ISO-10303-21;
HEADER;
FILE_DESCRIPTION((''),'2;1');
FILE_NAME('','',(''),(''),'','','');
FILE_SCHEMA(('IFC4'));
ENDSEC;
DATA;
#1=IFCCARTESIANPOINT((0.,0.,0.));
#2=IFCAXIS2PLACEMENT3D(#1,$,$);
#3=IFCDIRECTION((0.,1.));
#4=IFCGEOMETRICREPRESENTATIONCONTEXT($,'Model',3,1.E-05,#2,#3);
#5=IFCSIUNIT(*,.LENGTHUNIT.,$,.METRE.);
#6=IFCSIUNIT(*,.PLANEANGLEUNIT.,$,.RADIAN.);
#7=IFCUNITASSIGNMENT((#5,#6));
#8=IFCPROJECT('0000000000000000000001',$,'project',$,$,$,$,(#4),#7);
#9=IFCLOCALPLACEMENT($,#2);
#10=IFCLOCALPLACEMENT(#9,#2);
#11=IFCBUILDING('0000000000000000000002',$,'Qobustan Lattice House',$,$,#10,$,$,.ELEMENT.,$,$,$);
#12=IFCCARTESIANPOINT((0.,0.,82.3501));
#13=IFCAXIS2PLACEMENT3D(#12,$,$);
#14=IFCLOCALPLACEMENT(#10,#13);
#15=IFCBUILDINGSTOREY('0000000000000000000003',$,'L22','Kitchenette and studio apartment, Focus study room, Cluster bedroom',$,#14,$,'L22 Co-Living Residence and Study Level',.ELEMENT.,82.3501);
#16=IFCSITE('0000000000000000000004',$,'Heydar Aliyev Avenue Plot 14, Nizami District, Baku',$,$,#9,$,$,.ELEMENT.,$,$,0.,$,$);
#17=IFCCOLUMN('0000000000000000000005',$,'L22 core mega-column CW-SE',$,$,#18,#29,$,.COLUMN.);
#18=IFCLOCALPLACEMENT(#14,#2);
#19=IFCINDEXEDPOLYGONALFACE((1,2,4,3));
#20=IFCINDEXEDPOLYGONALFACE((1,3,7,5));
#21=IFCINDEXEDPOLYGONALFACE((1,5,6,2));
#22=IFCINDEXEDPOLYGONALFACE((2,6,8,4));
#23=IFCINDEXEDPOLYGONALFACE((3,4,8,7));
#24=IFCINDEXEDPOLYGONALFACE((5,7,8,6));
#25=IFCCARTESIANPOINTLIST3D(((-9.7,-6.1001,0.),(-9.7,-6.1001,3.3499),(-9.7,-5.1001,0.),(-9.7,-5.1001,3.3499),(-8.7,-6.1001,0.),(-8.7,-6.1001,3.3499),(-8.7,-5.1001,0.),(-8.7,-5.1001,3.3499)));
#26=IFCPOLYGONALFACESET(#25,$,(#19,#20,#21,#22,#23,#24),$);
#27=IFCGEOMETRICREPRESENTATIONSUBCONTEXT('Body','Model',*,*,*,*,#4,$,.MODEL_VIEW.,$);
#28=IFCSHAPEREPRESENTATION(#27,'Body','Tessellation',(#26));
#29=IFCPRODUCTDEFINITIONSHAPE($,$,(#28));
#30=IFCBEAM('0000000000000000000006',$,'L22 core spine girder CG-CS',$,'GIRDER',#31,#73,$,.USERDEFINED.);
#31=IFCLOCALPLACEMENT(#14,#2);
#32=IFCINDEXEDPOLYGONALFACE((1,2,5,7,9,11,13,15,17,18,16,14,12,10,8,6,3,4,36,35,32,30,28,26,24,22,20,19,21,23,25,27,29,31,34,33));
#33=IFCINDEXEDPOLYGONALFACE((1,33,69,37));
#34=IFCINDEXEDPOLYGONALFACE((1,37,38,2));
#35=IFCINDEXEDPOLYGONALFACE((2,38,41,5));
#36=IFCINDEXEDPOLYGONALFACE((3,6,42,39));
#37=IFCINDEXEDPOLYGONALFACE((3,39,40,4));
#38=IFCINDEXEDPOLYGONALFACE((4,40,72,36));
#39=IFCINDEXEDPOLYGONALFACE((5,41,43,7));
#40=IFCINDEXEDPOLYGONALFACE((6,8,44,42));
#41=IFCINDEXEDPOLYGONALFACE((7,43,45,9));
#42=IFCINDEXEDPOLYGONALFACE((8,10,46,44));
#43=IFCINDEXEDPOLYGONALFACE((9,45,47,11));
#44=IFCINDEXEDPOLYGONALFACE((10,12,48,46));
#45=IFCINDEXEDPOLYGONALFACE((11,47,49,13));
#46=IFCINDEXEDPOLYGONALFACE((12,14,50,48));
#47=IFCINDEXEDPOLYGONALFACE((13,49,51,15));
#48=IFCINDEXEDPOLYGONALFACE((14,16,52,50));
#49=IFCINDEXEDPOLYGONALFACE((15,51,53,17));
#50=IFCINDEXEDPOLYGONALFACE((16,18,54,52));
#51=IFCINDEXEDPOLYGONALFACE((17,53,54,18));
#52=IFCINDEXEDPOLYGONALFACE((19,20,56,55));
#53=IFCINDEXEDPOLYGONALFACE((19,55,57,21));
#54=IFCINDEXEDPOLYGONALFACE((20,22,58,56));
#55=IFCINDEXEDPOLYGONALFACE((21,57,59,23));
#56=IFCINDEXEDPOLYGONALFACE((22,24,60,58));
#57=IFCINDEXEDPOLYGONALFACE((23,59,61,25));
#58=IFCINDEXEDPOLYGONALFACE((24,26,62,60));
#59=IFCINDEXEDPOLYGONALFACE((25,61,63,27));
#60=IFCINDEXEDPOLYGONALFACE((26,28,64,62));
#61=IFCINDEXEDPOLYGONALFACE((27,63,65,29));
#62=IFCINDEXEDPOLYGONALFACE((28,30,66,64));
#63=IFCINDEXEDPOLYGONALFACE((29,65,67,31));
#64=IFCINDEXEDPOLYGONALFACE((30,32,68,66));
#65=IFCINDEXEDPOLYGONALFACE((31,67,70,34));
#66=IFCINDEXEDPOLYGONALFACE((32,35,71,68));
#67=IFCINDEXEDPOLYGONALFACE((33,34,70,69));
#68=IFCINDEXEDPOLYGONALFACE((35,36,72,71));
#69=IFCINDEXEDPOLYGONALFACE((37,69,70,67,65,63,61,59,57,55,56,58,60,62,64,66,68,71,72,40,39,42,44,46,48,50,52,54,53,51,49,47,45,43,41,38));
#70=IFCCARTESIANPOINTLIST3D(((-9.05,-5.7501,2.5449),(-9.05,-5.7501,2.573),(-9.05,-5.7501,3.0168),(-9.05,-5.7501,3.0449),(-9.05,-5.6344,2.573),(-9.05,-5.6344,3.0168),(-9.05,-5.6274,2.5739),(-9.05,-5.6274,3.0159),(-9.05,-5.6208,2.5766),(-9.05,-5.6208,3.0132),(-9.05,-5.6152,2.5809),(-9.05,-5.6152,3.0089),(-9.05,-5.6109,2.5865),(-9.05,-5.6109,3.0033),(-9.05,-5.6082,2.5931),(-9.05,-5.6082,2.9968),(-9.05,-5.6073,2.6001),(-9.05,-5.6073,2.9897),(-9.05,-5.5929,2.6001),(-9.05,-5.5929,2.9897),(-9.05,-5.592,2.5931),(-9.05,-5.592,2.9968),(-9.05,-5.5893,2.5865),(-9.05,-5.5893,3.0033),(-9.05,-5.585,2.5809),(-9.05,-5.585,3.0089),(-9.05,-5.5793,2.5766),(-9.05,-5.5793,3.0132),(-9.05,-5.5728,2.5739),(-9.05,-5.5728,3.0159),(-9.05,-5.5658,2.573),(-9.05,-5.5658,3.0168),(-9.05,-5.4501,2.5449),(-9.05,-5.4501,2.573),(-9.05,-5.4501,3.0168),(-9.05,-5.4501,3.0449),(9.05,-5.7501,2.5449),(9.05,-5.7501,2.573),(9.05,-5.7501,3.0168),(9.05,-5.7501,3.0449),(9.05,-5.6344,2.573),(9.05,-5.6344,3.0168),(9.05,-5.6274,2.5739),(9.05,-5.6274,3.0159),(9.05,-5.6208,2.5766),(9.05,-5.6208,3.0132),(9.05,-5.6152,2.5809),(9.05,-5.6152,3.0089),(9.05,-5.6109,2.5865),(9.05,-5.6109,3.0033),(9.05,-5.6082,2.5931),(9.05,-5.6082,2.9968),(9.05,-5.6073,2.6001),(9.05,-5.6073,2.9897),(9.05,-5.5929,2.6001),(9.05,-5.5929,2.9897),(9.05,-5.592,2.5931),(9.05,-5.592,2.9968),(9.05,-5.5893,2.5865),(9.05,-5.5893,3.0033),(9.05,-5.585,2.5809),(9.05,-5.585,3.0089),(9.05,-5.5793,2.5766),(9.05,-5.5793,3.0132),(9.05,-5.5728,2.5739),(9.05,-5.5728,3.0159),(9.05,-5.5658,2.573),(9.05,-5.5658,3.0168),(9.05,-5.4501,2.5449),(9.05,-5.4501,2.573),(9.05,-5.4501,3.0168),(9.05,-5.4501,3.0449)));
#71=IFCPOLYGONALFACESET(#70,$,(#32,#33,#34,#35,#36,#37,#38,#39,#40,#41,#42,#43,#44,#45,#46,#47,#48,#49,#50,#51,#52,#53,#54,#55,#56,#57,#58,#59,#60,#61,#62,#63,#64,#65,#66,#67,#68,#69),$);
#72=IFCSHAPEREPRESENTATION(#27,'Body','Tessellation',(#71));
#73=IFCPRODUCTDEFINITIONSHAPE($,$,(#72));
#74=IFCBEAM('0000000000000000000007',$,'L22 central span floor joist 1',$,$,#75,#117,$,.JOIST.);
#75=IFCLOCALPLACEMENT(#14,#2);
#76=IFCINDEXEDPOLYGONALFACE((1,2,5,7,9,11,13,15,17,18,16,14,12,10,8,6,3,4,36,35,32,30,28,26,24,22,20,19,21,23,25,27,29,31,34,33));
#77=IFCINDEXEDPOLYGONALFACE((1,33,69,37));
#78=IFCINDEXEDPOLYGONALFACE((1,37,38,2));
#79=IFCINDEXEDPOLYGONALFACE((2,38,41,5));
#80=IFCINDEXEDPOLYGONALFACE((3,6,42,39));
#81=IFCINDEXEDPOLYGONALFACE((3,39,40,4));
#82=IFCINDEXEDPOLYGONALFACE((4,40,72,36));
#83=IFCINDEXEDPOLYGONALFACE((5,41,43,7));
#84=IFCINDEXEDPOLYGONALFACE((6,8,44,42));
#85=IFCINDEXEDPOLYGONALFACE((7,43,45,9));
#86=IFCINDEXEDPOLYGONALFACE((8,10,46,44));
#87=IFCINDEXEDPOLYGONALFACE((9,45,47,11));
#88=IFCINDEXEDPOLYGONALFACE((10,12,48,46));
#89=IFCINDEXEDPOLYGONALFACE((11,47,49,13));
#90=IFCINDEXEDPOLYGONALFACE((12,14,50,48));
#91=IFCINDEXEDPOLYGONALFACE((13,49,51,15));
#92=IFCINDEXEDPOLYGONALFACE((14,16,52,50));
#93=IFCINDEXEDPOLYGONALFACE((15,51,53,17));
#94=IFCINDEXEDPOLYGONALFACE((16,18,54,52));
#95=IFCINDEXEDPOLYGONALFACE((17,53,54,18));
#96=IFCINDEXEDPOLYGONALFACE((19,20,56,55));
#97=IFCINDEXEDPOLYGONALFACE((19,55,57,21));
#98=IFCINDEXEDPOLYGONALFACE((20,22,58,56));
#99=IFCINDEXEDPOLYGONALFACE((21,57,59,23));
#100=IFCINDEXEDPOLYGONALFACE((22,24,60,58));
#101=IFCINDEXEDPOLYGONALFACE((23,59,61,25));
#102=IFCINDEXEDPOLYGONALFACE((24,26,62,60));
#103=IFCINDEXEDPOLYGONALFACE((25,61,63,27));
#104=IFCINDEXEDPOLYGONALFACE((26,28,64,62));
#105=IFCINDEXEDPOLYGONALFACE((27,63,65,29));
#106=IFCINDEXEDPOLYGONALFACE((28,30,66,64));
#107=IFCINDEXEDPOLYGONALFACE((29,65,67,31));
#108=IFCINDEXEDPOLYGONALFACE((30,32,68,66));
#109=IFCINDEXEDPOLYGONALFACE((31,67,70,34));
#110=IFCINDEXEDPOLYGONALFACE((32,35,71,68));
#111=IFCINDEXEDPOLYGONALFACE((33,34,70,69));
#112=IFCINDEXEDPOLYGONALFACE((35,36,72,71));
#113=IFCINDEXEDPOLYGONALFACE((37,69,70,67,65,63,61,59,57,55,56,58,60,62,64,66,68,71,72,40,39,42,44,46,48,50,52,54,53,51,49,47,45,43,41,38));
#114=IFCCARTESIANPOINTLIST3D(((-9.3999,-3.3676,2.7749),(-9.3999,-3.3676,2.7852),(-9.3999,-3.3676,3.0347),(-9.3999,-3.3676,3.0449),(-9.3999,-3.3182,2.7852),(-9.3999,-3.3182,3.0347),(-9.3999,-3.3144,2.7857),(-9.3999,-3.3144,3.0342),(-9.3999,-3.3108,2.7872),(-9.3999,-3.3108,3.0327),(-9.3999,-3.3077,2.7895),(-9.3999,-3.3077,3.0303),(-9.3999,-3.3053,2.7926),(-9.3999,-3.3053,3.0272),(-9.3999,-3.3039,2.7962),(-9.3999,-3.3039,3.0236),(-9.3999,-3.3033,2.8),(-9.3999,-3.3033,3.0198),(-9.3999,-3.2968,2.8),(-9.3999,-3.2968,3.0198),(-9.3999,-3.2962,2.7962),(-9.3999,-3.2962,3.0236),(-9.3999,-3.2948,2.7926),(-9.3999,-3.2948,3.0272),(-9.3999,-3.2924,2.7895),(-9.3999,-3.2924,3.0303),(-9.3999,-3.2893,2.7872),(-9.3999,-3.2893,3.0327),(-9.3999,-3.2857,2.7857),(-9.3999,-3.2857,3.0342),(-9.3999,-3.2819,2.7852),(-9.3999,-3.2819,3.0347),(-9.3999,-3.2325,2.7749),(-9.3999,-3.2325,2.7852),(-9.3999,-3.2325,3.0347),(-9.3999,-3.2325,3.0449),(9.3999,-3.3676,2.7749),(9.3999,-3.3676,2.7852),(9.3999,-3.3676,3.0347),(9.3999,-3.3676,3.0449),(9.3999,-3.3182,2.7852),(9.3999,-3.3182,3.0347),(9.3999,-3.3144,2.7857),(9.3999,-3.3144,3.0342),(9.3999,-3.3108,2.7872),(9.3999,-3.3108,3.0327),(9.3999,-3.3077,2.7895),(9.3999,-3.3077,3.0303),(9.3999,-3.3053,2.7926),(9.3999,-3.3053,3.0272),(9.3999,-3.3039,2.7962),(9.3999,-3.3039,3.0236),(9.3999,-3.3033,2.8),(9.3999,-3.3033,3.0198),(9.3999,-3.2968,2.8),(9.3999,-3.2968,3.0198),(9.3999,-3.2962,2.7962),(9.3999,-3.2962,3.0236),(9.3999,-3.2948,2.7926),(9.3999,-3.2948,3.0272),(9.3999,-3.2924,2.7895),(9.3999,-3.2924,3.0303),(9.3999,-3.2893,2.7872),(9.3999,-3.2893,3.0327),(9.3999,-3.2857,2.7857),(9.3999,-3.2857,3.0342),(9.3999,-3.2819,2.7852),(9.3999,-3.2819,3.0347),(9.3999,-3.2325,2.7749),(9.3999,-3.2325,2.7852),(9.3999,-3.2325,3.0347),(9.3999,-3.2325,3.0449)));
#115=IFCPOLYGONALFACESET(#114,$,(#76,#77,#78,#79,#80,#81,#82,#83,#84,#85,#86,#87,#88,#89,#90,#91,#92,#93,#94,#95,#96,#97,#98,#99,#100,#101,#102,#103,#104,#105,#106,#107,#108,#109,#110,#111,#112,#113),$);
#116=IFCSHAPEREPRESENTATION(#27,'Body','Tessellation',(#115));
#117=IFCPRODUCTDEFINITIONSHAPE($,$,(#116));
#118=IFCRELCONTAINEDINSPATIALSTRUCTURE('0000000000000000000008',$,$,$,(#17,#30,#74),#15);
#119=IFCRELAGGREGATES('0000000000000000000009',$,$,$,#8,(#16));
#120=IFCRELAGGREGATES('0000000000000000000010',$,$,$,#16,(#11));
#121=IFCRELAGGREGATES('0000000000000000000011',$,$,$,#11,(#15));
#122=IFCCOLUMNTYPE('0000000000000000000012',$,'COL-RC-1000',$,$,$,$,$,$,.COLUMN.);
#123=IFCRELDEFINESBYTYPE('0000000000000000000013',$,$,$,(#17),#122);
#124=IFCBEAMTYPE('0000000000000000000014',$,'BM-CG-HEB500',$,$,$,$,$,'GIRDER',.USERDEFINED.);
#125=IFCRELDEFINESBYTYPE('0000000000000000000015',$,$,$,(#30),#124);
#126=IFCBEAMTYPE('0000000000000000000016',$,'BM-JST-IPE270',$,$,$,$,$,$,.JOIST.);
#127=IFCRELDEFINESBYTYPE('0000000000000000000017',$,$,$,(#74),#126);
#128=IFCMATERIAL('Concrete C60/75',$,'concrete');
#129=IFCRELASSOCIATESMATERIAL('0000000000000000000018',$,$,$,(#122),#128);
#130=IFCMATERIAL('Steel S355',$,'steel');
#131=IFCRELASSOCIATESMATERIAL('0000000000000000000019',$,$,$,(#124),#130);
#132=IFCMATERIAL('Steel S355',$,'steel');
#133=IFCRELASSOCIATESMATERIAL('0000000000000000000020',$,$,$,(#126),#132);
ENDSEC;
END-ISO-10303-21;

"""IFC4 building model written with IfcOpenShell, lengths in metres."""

from ifc_helpers import new_model, si_unit, direction, frame, origin, origin_2d, place, context, subcontext, project, spatial, rectangle, i_section, extrude, material, material_profile, profile_set, type_object, element, save


model = new_model("IFC4")

# Units and contexts
model_context = context("Model", 3, precision=1e-05, world=origin(), true_north=direction((0.0, 1.0)))
body_context = subcontext(model_context, "Body", "Model", "MODEL_VIEW")
ifc_project = project(units=[si_unit("LENGTHUNIT", "METRE"), si_unit("PLANEANGLEUNIT", "RADIAN")], contexts=[model_context])

# Site, building, storey
site_placement = place(None, origin())
site = spatial("IfcSite", under=ifc_project, at=site_placement, Name="Heydar Aliyev Avenue Plot 14, Nizami District, Baku", CompositionType="ELEMENT", RefElevation=0.0)
building_placement = place(site_placement, origin())
building = spatial("IfcBuilding", under=site, at=building_placement, Name="Qobustan Lattice House", CompositionType="ELEMENT")
storey_placement = place(building_placement, frame((0.0, 0.0, 82.3501)))
storey = spatial("IfcBuildingStorey", under=building, at=storey_placement, Name="L22", Description="Kitchenette and studio apartment, Focus study room, Cluster bedroom", LongName="L22 Co-Living Residence and Study Level", CompositionType="ELEMENT", Elevation=82.3501)

# Column
ifc_material_1 = material(Name="Concrete C60/75", Category="concrete")
ifc_material_profile_1 = material_profile(ifc_material_1, rectangle(XDim=1.0, YDim=1.0, at=origin_2d()), Name="RC1000x1000")
ifc_profile_set_1 = profile_set([ifc_material_profile_1], Name="Concrete C60/75")
column_type = type_object("IfcColumnType", Name="COL-RC-1000", PredefinedType="COLUMN", material=ifc_profile_set_1)
column_placement = place(storey_placement, frame((-9.2, -5.6001, 0.0), z_axis=(0.0, 0.0, 1.0), x_axis=(1.0, 0.0, 0.0)))
element("IfcColumn", 1, at=column_placement, inside=storey, type_object=column_type, Name="L22 core mega-column CW-SE", PredefinedType="COLUMN", context=body_context, shape_type="SweptSolid", body=[
    extrude(rectangle(XDim=1.0, YDim=1.0, at=origin_2d()), origin(), (0.0, 0.0, 1.0), 3.3499),
])

# Beams
ifc_material_2 = material(Name="Steel S355", Category="steel")
ifc_material_profile_2 = material_profile(ifc_material_2, i_section(OverallWidth=0.3, OverallDepth=0.5, WebThickness=0.0144, FlangeThickness=0.0281, FilletRadius=0.0271, at=origin_2d()), Name="HEB500")
ifc_profile_set_2 = profile_set([ifc_material_profile_2], Name="Steel S355")
beam_type_1 = type_object("IfcBeamType", Name="BM-CG-HEB500", ElementType="GIRDER", PredefinedType="USERDEFINED", material=ifc_profile_set_2)
beam_1_placement = place(storey_placement, frame((-9.05, -5.6001, 2.7949), z_axis=(1.0, 0.0, 0.0), x_axis=(0.0, 1.0, 0.0)))
element("IfcBeam", 2, at=beam_1_placement, inside=storey, type_object=beam_type_1, Name="L22 core spine girder CG-CS", ObjectType="GIRDER", PredefinedType="USERDEFINED", context=body_context, shape_type="SweptSolid", body=[
    extrude(i_section(OverallWidth=0.3, OverallDepth=0.5, WebThickness=0.0144, FlangeThickness=0.0281, FilletRadius=0.0271, at=origin_2d()), origin(), (0.0, 0.0, 1.0), 18.1001),
])
ifc_material_3 = material(Name="Steel S355", Category="steel")
ifc_material_profile_3 = material_profile(ifc_material_3, i_section(OverallWidth=0.135, OverallDepth=0.27, WebThickness=0.0066, FlangeThickness=0.0103, FilletRadius=0.0149, at=origin_2d()), Name="IPE270")
ifc_profile_set_3 = profile_set([ifc_material_profile_3], Name="Steel S355")
beam_type_2 = type_object("IfcBeamType", Name="BM-JST-IPE270", PredefinedType="JOIST", material=ifc_profile_set_3)
beam_2_placement = place(storey_placement, frame((-9.3999, -3.3, 2.9099), z_axis=(1.0, 0.0, 0.0), x_axis=(0.0, 1.0, 0.0)))
element("IfcBeam", 3, at=beam_2_placement, inside=storey, type_object=beam_type_2, Name="L22 central span floor joist 1", PredefinedType="JOIST", context=body_context, shape_type="SweptSolid", body=[
    extrude(i_section(OverallWidth=0.135, OverallDepth=0.27, WebThickness=0.0066, FlangeThickness=0.0103, FilletRadius=0.0149, at=origin_2d()), origin(), (0.0, 0.0, 1.0), 18.7998),
])

save(model, "model.ifc")
